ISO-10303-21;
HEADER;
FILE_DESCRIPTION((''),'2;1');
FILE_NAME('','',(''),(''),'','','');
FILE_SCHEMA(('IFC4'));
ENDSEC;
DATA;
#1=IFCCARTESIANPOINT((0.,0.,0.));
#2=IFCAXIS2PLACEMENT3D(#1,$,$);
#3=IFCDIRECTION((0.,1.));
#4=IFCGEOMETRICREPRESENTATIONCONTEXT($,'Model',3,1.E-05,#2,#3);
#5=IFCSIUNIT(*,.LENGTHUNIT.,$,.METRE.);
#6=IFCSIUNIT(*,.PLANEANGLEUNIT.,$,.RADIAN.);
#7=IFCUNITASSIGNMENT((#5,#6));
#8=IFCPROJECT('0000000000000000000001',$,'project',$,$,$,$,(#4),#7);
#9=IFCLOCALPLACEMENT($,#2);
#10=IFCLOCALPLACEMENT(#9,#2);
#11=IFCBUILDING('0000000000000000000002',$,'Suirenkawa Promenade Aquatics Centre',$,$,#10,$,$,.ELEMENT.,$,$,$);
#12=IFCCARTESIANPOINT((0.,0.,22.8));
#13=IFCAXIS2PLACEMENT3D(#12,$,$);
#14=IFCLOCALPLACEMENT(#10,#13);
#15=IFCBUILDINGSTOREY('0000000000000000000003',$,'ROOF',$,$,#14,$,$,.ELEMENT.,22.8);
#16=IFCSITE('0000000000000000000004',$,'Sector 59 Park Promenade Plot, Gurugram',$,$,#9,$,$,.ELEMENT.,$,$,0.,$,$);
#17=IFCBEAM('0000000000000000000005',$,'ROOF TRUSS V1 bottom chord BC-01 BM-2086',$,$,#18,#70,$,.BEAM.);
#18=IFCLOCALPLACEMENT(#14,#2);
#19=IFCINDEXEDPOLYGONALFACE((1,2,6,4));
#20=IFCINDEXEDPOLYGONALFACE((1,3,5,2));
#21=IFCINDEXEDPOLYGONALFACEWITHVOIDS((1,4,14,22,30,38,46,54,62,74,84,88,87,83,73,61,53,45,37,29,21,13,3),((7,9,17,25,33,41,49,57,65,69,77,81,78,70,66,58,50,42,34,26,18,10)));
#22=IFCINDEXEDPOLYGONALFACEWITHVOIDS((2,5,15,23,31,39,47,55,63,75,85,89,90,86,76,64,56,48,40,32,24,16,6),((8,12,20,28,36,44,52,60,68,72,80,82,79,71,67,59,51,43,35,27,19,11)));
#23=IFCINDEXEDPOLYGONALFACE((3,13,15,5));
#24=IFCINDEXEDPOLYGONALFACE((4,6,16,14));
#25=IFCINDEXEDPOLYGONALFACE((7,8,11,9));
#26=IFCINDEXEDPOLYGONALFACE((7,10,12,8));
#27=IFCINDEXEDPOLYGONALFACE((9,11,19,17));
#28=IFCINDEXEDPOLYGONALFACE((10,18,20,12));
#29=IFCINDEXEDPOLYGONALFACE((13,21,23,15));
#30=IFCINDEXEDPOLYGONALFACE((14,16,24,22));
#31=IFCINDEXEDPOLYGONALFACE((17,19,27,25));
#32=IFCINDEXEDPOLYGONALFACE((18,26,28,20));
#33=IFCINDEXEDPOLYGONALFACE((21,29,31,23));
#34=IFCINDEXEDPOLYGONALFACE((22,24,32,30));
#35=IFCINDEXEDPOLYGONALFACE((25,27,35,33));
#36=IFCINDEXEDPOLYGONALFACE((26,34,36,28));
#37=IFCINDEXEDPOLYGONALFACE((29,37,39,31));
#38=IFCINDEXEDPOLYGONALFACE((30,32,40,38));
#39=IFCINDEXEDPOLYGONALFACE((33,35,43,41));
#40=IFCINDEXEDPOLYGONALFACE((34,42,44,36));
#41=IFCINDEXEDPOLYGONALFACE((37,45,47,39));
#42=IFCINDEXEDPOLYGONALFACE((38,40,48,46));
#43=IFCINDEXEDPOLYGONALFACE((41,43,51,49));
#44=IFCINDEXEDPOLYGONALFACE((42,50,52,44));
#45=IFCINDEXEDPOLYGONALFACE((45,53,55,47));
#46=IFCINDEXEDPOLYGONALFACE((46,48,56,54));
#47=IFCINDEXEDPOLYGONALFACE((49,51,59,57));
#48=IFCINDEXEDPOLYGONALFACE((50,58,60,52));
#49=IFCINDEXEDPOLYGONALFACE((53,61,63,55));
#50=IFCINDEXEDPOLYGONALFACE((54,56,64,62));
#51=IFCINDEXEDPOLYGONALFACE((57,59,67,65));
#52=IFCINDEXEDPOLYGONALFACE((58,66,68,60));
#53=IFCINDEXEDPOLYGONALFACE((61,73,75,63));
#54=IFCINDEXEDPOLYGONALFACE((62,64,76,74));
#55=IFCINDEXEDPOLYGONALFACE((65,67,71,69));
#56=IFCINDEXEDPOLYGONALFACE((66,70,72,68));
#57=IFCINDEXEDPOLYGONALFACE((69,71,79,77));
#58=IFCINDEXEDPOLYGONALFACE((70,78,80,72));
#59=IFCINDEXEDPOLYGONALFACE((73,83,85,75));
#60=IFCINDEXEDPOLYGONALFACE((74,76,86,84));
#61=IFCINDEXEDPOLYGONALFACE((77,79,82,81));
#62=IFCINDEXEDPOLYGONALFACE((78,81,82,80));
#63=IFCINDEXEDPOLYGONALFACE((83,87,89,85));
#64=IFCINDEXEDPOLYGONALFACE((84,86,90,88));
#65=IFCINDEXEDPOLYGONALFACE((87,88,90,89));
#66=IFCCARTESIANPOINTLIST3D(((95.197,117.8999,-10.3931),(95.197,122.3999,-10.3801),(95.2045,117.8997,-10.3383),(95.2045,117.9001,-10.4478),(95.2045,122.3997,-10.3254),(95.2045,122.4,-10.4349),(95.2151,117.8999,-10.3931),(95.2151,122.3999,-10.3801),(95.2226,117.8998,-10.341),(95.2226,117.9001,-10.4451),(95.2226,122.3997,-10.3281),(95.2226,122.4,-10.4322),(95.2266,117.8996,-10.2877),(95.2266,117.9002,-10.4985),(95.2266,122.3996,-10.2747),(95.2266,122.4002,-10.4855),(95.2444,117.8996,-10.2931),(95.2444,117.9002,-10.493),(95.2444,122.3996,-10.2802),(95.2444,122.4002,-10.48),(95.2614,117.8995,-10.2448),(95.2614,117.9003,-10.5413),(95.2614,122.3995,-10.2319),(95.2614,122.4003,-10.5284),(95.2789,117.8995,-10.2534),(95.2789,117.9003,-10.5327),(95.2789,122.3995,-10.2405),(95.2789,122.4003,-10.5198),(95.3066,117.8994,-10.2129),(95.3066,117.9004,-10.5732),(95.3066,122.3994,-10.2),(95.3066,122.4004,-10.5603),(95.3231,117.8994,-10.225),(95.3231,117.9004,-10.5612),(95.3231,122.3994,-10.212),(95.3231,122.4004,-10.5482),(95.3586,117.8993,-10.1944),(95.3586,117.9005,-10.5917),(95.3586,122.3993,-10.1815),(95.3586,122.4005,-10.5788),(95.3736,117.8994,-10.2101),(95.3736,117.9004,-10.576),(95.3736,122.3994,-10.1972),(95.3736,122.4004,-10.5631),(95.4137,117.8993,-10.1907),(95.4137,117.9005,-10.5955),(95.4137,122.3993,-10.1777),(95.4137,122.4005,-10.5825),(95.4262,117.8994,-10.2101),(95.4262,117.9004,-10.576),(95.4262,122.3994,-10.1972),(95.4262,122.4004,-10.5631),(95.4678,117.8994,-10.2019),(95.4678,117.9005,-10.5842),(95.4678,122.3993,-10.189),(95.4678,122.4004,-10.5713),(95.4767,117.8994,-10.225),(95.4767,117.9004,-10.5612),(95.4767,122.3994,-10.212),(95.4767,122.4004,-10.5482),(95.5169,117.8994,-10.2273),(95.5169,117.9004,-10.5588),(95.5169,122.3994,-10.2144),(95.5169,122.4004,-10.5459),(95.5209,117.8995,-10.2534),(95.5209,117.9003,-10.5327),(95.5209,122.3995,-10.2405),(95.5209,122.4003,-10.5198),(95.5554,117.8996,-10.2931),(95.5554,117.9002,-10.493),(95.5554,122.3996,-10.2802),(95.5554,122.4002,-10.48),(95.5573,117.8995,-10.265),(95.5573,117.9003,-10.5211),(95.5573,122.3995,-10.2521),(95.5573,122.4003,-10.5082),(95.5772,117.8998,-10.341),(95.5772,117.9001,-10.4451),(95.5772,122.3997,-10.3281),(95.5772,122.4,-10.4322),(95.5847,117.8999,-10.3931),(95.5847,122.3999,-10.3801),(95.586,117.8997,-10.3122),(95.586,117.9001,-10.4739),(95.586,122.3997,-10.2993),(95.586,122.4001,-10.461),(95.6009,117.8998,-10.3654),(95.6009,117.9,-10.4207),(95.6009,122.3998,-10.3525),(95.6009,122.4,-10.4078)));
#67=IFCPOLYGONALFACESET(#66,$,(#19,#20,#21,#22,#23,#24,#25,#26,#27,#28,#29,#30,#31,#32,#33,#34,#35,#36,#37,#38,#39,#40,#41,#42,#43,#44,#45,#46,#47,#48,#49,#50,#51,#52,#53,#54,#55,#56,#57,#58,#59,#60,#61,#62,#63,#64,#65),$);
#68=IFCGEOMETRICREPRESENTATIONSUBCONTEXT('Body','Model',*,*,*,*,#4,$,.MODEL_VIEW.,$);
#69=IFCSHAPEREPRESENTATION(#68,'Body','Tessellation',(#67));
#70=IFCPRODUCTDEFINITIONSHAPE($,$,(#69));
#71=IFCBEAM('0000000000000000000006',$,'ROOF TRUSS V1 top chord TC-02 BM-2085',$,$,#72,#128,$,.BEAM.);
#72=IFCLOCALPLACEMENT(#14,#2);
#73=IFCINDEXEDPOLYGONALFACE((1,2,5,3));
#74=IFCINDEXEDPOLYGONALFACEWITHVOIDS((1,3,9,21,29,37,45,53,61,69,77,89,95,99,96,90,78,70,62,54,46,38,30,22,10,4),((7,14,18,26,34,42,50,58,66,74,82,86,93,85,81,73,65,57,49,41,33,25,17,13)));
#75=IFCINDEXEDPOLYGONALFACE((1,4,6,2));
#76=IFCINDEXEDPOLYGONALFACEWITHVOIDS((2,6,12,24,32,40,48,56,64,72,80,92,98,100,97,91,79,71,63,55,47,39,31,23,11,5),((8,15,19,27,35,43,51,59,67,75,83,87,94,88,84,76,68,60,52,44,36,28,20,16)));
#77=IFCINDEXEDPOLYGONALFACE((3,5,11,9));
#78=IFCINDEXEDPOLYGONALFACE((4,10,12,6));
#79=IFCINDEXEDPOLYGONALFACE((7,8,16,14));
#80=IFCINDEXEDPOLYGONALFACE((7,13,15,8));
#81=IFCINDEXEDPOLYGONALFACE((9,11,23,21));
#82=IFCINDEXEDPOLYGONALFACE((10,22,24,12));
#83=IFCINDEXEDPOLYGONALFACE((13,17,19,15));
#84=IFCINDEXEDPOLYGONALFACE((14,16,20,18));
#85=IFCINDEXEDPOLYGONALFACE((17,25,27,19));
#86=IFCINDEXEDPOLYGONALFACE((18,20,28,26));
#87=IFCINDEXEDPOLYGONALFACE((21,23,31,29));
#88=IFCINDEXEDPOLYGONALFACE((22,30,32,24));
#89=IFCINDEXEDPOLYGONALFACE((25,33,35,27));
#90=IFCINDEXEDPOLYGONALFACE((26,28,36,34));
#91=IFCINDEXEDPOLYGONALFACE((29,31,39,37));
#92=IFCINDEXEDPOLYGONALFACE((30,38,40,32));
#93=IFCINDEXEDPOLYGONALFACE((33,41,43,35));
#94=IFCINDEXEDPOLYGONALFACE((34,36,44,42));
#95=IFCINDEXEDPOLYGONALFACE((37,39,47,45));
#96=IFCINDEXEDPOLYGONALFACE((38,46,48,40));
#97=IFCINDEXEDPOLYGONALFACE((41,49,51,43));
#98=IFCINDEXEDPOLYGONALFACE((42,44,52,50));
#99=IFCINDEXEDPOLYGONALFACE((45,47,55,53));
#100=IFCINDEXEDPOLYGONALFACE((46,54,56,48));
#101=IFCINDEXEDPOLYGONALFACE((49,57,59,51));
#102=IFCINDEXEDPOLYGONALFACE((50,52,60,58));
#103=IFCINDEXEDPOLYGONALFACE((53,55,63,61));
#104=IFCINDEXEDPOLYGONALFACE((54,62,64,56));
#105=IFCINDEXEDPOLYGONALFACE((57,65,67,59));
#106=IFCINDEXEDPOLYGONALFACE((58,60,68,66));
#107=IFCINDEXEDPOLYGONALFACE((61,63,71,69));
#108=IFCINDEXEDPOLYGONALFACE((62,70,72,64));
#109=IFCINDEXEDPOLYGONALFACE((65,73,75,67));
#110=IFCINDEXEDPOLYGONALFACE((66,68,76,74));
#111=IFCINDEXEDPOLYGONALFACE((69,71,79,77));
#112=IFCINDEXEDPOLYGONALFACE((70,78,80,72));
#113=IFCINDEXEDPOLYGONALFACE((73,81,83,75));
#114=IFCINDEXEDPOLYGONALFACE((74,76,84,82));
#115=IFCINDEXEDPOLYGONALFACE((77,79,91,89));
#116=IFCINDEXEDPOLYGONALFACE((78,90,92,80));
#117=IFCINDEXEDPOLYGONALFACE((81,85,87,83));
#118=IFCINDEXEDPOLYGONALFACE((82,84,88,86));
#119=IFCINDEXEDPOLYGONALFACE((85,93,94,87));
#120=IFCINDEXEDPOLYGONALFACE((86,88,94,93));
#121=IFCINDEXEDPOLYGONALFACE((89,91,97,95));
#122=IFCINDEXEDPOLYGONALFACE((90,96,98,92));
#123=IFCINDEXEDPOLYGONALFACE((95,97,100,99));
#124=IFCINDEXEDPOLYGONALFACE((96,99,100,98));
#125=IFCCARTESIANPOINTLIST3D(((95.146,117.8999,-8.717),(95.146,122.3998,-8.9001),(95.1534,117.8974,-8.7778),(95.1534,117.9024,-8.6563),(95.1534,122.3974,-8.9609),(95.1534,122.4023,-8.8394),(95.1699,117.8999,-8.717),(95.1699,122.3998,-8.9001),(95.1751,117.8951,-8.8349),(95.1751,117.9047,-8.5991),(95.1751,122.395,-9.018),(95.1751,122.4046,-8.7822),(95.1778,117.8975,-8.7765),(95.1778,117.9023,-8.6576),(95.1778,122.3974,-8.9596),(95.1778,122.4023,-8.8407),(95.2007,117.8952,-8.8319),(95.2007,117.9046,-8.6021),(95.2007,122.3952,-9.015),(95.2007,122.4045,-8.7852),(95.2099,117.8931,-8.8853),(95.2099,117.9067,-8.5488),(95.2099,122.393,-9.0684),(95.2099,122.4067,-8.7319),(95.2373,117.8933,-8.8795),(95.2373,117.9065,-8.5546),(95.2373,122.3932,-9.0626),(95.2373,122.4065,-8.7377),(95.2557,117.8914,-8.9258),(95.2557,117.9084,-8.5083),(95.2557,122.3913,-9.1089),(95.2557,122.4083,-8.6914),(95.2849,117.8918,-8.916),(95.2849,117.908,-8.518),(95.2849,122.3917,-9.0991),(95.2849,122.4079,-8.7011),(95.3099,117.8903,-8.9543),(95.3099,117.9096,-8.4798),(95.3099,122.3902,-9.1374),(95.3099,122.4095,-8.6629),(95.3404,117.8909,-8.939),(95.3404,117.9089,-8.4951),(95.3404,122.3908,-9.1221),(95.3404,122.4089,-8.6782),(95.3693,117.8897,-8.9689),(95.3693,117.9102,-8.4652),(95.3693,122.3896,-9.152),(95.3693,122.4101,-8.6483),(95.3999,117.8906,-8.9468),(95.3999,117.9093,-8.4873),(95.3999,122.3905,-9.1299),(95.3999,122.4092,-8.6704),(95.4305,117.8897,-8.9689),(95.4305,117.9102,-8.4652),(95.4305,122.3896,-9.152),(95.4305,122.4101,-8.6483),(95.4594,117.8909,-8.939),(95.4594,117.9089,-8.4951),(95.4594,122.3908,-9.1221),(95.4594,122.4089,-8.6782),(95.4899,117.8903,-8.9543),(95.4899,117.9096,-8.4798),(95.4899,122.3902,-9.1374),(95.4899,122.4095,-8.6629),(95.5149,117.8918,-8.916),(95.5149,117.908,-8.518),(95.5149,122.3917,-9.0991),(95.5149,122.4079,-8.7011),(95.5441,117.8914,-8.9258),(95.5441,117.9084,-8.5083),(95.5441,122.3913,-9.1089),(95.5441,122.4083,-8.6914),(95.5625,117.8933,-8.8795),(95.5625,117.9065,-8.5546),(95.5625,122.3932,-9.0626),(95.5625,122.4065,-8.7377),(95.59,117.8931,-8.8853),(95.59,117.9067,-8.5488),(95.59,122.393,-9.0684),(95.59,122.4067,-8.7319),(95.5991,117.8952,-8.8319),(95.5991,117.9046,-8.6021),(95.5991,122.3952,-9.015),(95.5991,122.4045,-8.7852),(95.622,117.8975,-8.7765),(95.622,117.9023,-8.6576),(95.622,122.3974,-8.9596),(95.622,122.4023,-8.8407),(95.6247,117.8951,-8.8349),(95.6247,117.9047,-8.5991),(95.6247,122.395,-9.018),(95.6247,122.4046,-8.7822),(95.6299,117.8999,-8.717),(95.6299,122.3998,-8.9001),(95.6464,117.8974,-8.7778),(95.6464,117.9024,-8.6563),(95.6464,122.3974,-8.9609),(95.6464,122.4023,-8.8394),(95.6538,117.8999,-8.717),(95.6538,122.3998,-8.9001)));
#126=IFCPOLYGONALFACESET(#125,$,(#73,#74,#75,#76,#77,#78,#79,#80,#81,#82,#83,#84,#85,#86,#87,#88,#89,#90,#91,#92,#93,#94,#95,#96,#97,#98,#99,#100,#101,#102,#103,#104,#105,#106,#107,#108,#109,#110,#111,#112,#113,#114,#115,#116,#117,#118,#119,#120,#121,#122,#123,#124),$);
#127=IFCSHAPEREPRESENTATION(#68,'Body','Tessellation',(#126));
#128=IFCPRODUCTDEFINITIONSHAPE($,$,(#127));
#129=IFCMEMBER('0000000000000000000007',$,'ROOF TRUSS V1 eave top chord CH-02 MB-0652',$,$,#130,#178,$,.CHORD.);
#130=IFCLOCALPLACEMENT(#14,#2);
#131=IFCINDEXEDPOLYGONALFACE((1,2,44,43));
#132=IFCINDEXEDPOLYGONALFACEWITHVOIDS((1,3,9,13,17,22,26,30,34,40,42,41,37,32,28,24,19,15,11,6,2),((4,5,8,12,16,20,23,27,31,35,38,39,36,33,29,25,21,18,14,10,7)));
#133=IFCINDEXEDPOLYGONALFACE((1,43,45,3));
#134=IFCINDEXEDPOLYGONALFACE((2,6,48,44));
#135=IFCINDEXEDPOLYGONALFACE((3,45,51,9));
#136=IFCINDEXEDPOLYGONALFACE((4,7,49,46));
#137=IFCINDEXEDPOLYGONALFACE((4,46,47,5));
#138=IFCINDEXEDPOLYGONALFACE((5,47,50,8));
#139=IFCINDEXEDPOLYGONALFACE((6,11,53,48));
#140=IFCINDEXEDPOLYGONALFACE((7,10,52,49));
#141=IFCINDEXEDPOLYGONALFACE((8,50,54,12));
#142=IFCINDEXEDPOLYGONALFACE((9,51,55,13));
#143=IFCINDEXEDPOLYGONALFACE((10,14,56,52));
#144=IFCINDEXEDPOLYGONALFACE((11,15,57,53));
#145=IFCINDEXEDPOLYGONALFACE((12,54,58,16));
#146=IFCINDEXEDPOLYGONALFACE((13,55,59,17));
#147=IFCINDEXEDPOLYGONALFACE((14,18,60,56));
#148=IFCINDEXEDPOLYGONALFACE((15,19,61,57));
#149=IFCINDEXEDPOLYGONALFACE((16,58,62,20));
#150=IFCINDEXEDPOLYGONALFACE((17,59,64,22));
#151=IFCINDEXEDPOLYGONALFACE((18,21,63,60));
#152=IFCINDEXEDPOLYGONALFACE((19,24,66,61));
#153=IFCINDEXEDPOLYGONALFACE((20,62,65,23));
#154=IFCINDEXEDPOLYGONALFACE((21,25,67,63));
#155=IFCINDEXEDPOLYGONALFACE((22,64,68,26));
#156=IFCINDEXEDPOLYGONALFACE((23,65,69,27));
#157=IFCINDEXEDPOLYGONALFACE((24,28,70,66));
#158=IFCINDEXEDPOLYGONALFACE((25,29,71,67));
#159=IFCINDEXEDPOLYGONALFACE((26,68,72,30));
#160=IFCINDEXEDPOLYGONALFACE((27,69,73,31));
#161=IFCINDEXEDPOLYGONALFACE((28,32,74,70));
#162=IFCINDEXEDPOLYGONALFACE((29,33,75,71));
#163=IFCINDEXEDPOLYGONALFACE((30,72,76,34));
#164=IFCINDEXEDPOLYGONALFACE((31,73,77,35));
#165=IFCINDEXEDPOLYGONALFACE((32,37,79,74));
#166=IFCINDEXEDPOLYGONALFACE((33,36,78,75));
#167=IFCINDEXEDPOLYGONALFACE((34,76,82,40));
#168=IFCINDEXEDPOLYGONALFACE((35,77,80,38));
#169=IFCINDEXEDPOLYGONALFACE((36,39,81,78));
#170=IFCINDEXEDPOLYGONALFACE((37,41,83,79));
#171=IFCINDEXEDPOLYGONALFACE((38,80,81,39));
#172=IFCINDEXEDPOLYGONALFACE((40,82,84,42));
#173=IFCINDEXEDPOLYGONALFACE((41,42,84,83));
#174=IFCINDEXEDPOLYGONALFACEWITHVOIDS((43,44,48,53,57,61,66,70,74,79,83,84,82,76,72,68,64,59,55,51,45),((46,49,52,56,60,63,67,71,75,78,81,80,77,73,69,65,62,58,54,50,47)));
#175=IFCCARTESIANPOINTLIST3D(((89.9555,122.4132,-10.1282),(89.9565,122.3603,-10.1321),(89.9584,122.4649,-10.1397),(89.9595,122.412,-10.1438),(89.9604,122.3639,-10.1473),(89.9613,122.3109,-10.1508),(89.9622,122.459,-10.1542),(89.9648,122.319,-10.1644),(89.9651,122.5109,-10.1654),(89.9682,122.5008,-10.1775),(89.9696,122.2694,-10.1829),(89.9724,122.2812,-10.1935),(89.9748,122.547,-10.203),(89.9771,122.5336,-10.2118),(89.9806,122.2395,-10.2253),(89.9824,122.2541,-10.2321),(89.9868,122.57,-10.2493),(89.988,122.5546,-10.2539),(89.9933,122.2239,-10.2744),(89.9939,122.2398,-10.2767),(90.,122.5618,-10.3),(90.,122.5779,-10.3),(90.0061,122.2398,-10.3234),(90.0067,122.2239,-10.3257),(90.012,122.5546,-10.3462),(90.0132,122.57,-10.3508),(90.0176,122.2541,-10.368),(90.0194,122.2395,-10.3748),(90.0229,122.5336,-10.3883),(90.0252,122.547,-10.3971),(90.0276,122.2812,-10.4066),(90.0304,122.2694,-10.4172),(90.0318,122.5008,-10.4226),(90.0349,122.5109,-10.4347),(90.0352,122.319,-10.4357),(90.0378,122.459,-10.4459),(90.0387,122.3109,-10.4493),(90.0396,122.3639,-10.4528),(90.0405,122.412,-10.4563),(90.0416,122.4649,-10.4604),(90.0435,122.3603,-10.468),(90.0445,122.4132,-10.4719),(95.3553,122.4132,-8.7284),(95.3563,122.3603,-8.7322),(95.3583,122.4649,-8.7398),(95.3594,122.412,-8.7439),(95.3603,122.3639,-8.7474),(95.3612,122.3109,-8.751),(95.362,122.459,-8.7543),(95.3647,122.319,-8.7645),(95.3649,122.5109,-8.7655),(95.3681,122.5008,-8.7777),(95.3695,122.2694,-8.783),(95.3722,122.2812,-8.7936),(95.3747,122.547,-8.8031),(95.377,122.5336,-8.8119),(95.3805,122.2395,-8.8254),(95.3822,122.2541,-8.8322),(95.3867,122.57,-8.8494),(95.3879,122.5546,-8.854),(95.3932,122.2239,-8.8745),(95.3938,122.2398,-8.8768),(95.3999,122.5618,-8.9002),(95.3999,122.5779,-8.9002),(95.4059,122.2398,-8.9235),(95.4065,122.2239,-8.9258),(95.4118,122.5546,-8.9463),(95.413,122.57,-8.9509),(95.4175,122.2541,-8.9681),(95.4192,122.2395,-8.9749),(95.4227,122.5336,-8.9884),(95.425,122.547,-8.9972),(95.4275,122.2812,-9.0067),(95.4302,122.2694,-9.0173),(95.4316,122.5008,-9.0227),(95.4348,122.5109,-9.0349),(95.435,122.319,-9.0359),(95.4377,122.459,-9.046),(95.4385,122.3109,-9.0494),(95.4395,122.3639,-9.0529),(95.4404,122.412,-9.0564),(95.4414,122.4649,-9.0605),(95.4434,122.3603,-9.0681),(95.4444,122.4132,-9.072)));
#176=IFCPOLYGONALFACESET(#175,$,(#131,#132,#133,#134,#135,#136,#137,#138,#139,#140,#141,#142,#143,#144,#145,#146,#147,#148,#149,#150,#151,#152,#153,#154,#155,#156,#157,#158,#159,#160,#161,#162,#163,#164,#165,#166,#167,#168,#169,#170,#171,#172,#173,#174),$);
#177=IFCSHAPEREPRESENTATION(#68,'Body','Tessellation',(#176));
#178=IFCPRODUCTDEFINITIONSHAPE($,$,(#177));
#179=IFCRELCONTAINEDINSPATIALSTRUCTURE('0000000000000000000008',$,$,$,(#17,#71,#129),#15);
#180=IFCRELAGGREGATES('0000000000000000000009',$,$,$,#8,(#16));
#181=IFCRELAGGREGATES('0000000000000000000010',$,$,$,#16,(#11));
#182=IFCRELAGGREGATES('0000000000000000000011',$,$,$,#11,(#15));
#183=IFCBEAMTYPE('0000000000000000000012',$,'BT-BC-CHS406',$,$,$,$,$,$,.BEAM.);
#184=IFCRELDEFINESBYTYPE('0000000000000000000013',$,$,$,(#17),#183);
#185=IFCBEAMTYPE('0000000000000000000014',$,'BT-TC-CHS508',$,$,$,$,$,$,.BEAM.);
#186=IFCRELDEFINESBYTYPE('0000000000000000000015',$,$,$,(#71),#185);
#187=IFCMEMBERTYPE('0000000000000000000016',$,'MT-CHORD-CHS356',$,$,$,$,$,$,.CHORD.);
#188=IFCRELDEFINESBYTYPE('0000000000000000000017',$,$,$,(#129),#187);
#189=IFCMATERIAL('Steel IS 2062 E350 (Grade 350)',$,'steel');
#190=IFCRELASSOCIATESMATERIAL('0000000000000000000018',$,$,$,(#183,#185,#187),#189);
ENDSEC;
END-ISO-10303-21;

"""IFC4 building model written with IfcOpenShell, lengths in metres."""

from ifc_helpers import new_model, si_unit, direction, frame, origin, origin_2d, place, context, subcontext, project, spatial, hollow_circle, extrude, material, material_profile, profile_set, type_object, element, save


model = new_model("IFC4")

# Units and contexts
model_context = context("Model", 3, precision=1e-05, world=origin(), true_north=direction((0.0, 1.0)))
body_context = subcontext(model_context, "Body", "Model", "MODEL_VIEW")
ifc_project = project(units=[si_unit("LENGTHUNIT", "METRE"), si_unit("PLANEANGLEUNIT", "RADIAN")], contexts=[model_context])

# Site, building, storey
site_placement = place(None, origin())
site = spatial("IfcSite", under=ifc_project, at=site_placement, Name="Sector 59 Park Promenade Plot, Gurugram", CompositionType="ELEMENT", RefElevation=0.0)
building_placement = place(site_placement, origin())
building = spatial("IfcBuilding", under=site, at=building_placement, Name="Suirenkawa Promenade Aquatics Centre", CompositionType="ELEMENT")
storey_placement = place(building_placement, frame((0.0, 0.0, 22.8)))
storey = spatial("IfcBuildingStorey", under=building, at=storey_placement, Name="ROOF", CompositionType="ELEMENT", Elevation=22.8)

# Beams
ifc_material = material(Name="Steel IS 2062 E350 (Grade 350)", Category="steel")
ifc_material_profile_1 = material_profile(ifc_material, hollow_circle(Radius=0.2029, WallThickness=0.0181, at=origin_2d()), Name="CHS 406x18", Category="steel")
ifc_profile_set_1 = profile_set([ifc_material_profile_1], Name="Steel IS 2062 E350 (Grade 350)")
beam_type_1 = type_object("IfcBeamType", Name="BT-BC-CHS406", PredefinedType="BEAM", material=ifc_profile_set_1)
beam_1_placement = place(storey_placement, frame((95.3999, 117.8999, -10.3931), z_axis=(0.0, 0.999996, 0.002875), x_axis=(-1.0, 0.0, 0.0)))
element("IfcBeam", 1, at=beam_1_placement, inside=storey, type_object=beam_type_1, Name="ROOF TRUSS V1 bottom chord BC-01 BM-2086", PredefinedType="BEAM", context=body_context, shape_type="SweptSolid", body=[
    extrude(hollow_circle(Radius=0.2029, WallThickness=0.0181, at=origin_2d()), origin(), (0.0, 0.0, 1.0), 4.5),
])
ifc_material_profile_2 = material_profile(ifc_material, hollow_circle(Radius=0.2539, WallThickness=0.0239, at=origin_2d()), Name="CHS 508x24", Category="steel")
ifc_profile_set_2 = profile_set([ifc_material_profile_2], Name="Steel IS 2062 E350 (Grade 350)")
beam_type_2 = type_object("IfcBeamType", Name="BT-TC-CHS508", PredefinedType="BEAM", material=ifc_profile_set_2)
beam_2_placement = place(storey_placement, frame((95.3999, 117.8999, -8.717), z_axis=(0.0, 0.999173, -0.040656), x_axis=(-1.0, 0.0, 0.0)))
element("IfcBeam", 2, at=beam_2_placement, inside=storey, type_object=beam_type_2, Name="ROOF TRUSS V1 top chord TC-02 BM-2085", PredefinedType="BEAM", context=body_context, shape_type="SweptSolid", body=[
    extrude(hollow_circle(Radius=0.2539, WallThickness=0.0239, at=origin_2d()), origin(), (0.0, 0.0, 1.0), 4.5037),
])

# Member
ifc_material_profile_3 = material_profile(ifc_material, hollow_circle(Radius=0.178, WallThickness=0.0161, at=origin_2d()), Name="CHS 356x16", Category="steel")
ifc_profile_set_3 = profile_set([ifc_material_profile_3], Name="Steel IS 2062 E350 (Grade 350)")
member_type_1 = type_object("IfcMemberType", Name="MT-CHORD-CHS356", PredefinedType="CHORD", material=ifc_profile_set_3)
member_1_placement = place(storey_placement, frame((90.0, 122.3999, -10.3), z_axis=(0.968, 0.0, 0.25095), x_axis=(0.0, 1.0, 0.0)))
element("IfcMember", 3, at=member_1_placement, inside=storey, type_object=member_type_1, Name="ROOF TRUSS V1 eave top chord CH-02 MB-0652", PredefinedType="CHORD", context=body_context, shape_type="SweptSolid", body=[
    extrude(hollow_circle(Radius=0.178, WallThickness=0.0161, at=origin_2d()), origin(), (0.0, 0.0, 1.0), 5.5784),
])

save(model, "model.ifc")
